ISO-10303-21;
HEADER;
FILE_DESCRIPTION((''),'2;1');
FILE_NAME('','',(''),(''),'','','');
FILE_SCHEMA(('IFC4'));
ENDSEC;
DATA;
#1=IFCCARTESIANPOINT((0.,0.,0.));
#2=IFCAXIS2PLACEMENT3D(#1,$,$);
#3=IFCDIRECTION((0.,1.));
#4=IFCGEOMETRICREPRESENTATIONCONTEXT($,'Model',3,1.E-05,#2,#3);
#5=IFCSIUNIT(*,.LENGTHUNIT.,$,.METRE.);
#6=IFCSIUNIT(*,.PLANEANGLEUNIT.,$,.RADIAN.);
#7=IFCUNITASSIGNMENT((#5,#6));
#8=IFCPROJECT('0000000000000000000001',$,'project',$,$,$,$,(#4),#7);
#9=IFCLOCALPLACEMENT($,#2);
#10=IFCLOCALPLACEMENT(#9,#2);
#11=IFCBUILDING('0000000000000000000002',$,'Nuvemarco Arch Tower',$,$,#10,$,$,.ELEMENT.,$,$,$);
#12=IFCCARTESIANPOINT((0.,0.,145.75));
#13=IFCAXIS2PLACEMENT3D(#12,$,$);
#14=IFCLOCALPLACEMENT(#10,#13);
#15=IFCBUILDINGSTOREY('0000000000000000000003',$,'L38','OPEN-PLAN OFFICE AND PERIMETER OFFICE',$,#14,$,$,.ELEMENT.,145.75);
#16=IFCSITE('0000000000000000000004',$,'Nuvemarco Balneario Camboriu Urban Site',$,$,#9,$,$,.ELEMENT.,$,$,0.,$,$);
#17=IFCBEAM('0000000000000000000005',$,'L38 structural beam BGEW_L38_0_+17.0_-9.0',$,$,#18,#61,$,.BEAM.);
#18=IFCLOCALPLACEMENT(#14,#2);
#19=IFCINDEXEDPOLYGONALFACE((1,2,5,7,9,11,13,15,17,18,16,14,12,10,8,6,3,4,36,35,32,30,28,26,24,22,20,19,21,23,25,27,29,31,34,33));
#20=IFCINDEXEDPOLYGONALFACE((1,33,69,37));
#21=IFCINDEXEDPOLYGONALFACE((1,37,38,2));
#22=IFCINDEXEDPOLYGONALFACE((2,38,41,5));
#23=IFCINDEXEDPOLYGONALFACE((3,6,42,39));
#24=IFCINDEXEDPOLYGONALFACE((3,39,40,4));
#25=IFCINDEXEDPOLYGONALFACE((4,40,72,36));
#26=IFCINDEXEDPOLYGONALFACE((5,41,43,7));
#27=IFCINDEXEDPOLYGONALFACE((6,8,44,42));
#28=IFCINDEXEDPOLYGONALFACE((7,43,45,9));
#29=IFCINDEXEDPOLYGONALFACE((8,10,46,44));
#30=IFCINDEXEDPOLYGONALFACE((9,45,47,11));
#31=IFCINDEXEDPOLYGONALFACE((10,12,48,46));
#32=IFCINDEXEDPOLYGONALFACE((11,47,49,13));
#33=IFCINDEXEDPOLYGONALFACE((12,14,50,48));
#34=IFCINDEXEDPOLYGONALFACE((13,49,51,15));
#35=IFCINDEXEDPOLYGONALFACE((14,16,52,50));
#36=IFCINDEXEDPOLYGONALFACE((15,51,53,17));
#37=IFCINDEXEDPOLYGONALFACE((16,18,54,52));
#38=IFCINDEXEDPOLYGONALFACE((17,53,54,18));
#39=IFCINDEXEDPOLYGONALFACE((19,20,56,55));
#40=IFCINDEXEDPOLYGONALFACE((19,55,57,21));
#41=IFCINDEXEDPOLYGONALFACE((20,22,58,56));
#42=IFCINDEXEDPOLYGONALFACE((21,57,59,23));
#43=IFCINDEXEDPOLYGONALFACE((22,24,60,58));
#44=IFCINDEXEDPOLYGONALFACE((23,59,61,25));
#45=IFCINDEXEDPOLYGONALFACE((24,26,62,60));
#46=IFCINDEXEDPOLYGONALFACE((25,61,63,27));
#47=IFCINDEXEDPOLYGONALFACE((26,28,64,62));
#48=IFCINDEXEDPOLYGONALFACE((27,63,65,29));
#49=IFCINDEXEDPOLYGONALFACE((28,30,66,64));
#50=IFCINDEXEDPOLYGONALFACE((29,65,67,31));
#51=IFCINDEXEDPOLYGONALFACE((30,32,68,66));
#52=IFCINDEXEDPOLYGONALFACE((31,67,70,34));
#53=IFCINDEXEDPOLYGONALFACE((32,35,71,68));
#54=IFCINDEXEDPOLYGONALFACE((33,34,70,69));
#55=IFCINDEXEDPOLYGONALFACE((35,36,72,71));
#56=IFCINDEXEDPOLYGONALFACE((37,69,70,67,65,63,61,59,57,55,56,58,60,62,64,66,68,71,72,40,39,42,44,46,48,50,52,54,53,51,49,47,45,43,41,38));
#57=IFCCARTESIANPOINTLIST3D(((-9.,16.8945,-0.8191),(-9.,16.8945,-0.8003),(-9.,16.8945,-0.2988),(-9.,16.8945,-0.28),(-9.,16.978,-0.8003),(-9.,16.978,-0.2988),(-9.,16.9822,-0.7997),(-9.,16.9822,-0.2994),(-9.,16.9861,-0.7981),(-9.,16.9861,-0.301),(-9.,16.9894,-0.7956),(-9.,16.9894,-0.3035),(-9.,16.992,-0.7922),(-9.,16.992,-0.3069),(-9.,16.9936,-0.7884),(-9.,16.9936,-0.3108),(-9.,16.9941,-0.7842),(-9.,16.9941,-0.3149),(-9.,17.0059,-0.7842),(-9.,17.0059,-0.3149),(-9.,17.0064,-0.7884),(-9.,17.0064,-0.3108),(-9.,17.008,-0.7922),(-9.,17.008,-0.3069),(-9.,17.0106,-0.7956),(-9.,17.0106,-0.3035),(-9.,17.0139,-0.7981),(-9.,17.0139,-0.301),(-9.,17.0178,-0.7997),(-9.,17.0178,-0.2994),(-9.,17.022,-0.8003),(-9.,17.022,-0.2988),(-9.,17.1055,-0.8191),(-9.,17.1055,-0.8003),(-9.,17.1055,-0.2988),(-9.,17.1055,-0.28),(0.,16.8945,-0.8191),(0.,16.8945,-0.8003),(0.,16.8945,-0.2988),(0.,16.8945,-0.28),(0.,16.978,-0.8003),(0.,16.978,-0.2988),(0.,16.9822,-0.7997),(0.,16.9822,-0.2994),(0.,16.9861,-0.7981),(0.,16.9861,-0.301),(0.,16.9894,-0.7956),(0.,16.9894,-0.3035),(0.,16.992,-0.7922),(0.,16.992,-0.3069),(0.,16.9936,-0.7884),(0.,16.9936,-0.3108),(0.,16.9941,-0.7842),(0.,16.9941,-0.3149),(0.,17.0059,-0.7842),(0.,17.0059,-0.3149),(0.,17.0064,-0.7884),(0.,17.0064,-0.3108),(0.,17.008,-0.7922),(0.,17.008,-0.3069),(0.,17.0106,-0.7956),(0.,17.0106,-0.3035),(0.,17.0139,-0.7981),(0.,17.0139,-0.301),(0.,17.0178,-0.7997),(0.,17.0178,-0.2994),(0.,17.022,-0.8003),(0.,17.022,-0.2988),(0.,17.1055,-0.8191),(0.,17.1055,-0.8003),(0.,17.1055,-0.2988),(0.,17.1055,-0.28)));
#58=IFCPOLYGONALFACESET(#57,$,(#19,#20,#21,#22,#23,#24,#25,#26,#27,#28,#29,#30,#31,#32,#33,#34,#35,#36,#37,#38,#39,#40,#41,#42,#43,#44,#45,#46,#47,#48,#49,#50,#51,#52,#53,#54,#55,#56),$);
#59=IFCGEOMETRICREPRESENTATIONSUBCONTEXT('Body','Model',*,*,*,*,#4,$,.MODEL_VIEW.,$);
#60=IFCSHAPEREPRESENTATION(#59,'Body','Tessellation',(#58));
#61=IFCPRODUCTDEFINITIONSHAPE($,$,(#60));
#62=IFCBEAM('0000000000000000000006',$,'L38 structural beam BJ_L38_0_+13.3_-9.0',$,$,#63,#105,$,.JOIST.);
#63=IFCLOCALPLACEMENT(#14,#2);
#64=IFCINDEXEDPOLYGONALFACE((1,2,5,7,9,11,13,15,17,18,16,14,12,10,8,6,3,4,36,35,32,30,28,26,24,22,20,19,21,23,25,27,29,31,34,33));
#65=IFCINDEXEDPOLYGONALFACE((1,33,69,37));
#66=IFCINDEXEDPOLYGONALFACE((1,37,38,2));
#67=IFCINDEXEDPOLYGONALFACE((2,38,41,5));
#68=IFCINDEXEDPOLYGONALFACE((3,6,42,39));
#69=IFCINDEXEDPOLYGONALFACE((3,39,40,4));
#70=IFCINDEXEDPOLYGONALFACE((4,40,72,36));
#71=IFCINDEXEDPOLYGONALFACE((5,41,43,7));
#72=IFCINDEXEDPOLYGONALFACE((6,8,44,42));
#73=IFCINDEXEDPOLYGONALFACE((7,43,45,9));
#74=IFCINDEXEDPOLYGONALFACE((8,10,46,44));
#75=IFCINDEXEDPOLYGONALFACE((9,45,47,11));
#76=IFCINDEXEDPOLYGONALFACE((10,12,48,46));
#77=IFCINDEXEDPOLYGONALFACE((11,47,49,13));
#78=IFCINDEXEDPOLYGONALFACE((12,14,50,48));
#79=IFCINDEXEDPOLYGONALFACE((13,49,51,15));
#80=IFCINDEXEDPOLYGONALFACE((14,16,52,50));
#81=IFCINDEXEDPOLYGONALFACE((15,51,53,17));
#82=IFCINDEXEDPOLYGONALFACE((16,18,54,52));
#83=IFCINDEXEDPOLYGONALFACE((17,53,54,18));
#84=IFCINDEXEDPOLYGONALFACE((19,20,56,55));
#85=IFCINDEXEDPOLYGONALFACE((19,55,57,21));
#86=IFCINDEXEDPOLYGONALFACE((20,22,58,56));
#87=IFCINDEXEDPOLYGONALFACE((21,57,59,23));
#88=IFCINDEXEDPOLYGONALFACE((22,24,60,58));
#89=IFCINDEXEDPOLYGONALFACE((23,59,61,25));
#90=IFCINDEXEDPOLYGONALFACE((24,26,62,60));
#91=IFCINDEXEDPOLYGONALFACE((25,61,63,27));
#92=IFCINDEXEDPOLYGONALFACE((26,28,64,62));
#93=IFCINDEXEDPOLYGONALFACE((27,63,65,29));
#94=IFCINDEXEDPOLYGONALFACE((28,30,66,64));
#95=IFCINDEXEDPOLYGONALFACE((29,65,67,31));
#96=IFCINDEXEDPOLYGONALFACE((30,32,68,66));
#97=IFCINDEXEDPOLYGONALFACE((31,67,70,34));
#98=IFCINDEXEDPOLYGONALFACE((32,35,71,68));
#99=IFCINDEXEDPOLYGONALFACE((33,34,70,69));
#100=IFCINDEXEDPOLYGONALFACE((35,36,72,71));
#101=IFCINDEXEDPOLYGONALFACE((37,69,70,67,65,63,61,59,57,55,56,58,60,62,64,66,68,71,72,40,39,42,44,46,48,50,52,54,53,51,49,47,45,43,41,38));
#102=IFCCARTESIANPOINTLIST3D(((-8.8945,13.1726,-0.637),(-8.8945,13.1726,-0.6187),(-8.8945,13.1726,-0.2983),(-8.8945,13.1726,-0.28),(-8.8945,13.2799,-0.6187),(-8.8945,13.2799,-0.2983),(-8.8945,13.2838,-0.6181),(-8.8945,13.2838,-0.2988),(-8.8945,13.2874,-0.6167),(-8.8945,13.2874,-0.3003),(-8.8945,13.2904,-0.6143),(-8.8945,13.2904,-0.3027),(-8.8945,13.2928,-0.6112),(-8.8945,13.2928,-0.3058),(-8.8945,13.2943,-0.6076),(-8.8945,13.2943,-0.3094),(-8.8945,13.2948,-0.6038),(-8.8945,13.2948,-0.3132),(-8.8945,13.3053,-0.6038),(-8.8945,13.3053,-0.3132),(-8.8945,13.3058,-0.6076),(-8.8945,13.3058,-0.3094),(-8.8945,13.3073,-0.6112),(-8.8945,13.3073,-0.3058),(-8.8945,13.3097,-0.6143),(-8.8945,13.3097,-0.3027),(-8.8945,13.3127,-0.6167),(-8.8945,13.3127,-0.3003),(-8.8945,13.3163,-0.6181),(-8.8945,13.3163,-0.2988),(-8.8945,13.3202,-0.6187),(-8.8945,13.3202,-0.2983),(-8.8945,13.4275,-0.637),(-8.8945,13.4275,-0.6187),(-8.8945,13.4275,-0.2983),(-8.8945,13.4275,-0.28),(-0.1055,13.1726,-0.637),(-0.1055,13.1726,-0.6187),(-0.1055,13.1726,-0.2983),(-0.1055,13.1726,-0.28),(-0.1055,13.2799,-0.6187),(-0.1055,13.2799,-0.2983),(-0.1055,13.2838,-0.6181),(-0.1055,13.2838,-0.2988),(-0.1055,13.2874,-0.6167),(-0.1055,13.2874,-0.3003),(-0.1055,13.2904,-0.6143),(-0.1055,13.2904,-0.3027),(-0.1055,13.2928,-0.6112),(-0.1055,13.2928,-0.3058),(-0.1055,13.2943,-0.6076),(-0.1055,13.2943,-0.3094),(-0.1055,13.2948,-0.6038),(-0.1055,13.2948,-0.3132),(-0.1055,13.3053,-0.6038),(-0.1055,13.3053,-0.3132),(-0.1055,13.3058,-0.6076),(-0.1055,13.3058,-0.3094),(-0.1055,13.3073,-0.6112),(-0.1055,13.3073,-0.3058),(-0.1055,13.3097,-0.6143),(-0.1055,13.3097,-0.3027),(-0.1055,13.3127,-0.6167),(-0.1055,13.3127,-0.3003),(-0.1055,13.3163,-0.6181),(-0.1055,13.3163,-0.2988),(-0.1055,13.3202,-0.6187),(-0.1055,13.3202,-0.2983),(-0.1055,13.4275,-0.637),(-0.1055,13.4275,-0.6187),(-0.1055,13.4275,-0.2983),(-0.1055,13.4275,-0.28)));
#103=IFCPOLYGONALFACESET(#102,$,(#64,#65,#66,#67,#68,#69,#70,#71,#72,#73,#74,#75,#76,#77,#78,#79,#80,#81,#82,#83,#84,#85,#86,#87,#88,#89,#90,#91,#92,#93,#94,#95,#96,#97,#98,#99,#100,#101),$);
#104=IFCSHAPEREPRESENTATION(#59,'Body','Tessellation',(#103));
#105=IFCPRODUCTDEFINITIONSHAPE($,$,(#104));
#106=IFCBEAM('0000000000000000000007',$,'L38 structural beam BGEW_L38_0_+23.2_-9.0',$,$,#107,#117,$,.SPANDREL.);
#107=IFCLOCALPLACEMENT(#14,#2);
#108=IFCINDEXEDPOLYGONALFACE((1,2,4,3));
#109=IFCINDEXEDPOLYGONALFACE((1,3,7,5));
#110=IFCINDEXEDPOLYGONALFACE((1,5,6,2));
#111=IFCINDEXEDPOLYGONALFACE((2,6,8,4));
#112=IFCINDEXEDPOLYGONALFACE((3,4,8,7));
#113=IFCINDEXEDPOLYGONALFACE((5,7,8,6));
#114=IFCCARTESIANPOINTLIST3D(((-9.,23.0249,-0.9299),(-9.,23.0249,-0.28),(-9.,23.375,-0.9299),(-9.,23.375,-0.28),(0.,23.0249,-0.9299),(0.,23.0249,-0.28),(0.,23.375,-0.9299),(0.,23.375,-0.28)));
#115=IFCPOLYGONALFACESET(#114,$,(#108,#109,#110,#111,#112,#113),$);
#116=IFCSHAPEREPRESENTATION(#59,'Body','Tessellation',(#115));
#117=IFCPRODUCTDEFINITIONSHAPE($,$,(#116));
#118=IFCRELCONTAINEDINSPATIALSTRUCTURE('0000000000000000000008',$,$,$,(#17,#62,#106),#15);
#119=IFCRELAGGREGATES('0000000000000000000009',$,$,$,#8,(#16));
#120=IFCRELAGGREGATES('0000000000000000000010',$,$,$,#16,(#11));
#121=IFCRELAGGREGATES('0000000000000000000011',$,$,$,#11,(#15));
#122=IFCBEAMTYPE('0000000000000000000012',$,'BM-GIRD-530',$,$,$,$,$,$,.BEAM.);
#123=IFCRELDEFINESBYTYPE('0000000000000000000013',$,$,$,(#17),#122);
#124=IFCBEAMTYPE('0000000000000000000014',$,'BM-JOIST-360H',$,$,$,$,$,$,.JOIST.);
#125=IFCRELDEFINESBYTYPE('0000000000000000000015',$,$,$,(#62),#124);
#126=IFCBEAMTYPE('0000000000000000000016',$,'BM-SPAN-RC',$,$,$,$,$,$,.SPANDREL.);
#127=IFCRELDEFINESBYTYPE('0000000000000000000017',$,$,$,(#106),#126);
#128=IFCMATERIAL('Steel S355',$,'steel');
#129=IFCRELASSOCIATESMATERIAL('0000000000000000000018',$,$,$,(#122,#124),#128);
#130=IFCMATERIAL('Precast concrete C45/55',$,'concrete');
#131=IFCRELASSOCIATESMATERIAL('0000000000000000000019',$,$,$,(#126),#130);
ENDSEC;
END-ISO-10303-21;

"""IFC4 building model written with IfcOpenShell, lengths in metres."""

from ifc_helpers import new_model, si_unit, direction, frame, origin, origin_2d, place, context, subcontext, project, spatial, rectangle, i_section, extrude, material, material_profile, profile_set, type_object, element, save


model = new_model("IFC4")

# Units and contexts
model_context = context("Model", 3, precision=1e-05, world=origin(), true_north=direction((0.0, 1.0)))
body_context = subcontext(model_context, "Body", "Model", "MODEL_VIEW")
ifc_project = project(units=[si_unit("LENGTHUNIT", "METRE"), si_unit("PLANEANGLEUNIT", "RADIAN")], contexts=[model_context])

# Site, building, storey
site_placement = place(None, origin())
site = spatial("IfcSite", under=ifc_project, at=site_placement, Name="Nuvemarco Balneario Camboriu Urban Site", CompositionType="ELEMENT", RefElevation=0.0)
building_placement = place(site_placement, origin())
building = spatial("IfcBuilding", under=site, at=building_placement, Name="Nuvemarco Arch Tower", CompositionType="ELEMENT")
storey_placement = place(building_placement, frame((0.0, 0.0, 145.75)))
storey = spatial("IfcBuildingStorey", under=building, at=storey_placement, Name="L38", Description="OPEN-PLAN OFFICE AND PERIMETER OFFICE", CompositionType="ELEMENT", Elevation=145.75)

# Shared definitions
ifc_material_1 = material(Name="Steel S355", Category="steel")

# Beams
ifc_material_profile_1 = material_profile(ifc_material_1, i_section(OverallWidth=0.2109, OverallDepth=0.5391, WebThickness=0.0117, FlangeThickness=0.0188, FilletRadius=0.0161, at=origin_2d()), Name="W530x109")
ifc_profile_set_1 = profile_set([ifc_material_profile_1], Name="Steel S355")
beam_type_1 = type_object("IfcBeamType", Name="BM-GIRD-530", PredefinedType="BEAM", material=ifc_profile_set_1)
beam_1_placement = place(storey_placement, frame((-9.0, 17.0, -0.5496), z_axis=(1.0, 0.0, 0.0), x_axis=(0.0, 1.0, 0.0)))
element("IfcBeam", 1, at=beam_1_placement, inside=storey, type_object=beam_type_1, Name="L38 structural beam BGEW_L38_0_+17.0_-9.0", PredefinedType="BEAM", context=body_context, shape_type="SweptSolid", body=[
    extrude(i_section(OverallWidth=0.2109, OverallDepth=0.5391, WebThickness=0.0117, FlangeThickness=0.0188, FilletRadius=0.0161, at=origin_2d()), origin(), (0.0, 0.0, 1.0), 9.0),
])
ifc_material_profile_2 = material_profile(ifc_material_1, i_section(OverallWidth=0.2549, OverallDepth=0.3569, WebThickness=0.0105, FlangeThickness=0.0183, FilletRadius=0.0149, at=origin_2d()), Name="W360x101")
ifc_profile_set_2 = profile_set([ifc_material_profile_2], Name="Steel S355")
beam_type_2 = type_object("IfcBeamType", Name="BM-JOIST-360H", PredefinedType="JOIST", material=ifc_profile_set_2)
beam_2_placement = place(storey_placement, frame((-8.8945, 13.3, -0.4585), z_axis=(1.0, 0.0, 0.0), x_axis=(0.0, 1.0, 0.0)))
element("IfcBeam", 2, at=beam_2_placement, inside=storey, type_object=beam_type_2, Name="L38 structural beam BJ_L38_0_+13.3_-9.0", PredefinedType="JOIST", context=body_context, shape_type="SweptSolid", body=[
    extrude(i_section(OverallWidth=0.2549, OverallDepth=0.3569, WebThickness=0.0105, FlangeThickness=0.0183, FilletRadius=0.0149, at=origin_2d()), origin(), (0.0, 0.0, 1.0), 8.7891),
])
ifc_material_2 = material(Name="Precast concrete C45/55", Category="concrete")
ifc_material_profile_3 = material_profile(ifc_material_2, rectangle(XDim=0.3501, YDim=0.6499, at=origin_2d()), Name="PC-SP-350x650")
ifc_profile_set_3 = profile_set([ifc_material_profile_3], Name="Precast concrete C45/55")
beam_type_3 = type_object("IfcBeamType", Name="BM-SPAN-RC", PredefinedType="SPANDREL", material=ifc_profile_set_3)
beam_3_placement = place(storey_placement, frame((-9.0, 23.2, -0.605), z_axis=(1.0, 0.0, 0.0), x_axis=(0.0, 1.0, 0.0)))
element("IfcBeam", 3, at=beam_3_placement, inside=storey, type_object=beam_type_3, Name="L38 structural beam BGEW_L38_0_+23.2_-9.0", PredefinedType="SPANDREL", context=body_context, shape_type="SweptSolid", body=[
    extrude(rectangle(XDim=0.3501, YDim=0.6499, at=origin_2d()), origin(), (0.0, 0.0, 1.0), 9.0),
])

save(model, "model.ifc")
